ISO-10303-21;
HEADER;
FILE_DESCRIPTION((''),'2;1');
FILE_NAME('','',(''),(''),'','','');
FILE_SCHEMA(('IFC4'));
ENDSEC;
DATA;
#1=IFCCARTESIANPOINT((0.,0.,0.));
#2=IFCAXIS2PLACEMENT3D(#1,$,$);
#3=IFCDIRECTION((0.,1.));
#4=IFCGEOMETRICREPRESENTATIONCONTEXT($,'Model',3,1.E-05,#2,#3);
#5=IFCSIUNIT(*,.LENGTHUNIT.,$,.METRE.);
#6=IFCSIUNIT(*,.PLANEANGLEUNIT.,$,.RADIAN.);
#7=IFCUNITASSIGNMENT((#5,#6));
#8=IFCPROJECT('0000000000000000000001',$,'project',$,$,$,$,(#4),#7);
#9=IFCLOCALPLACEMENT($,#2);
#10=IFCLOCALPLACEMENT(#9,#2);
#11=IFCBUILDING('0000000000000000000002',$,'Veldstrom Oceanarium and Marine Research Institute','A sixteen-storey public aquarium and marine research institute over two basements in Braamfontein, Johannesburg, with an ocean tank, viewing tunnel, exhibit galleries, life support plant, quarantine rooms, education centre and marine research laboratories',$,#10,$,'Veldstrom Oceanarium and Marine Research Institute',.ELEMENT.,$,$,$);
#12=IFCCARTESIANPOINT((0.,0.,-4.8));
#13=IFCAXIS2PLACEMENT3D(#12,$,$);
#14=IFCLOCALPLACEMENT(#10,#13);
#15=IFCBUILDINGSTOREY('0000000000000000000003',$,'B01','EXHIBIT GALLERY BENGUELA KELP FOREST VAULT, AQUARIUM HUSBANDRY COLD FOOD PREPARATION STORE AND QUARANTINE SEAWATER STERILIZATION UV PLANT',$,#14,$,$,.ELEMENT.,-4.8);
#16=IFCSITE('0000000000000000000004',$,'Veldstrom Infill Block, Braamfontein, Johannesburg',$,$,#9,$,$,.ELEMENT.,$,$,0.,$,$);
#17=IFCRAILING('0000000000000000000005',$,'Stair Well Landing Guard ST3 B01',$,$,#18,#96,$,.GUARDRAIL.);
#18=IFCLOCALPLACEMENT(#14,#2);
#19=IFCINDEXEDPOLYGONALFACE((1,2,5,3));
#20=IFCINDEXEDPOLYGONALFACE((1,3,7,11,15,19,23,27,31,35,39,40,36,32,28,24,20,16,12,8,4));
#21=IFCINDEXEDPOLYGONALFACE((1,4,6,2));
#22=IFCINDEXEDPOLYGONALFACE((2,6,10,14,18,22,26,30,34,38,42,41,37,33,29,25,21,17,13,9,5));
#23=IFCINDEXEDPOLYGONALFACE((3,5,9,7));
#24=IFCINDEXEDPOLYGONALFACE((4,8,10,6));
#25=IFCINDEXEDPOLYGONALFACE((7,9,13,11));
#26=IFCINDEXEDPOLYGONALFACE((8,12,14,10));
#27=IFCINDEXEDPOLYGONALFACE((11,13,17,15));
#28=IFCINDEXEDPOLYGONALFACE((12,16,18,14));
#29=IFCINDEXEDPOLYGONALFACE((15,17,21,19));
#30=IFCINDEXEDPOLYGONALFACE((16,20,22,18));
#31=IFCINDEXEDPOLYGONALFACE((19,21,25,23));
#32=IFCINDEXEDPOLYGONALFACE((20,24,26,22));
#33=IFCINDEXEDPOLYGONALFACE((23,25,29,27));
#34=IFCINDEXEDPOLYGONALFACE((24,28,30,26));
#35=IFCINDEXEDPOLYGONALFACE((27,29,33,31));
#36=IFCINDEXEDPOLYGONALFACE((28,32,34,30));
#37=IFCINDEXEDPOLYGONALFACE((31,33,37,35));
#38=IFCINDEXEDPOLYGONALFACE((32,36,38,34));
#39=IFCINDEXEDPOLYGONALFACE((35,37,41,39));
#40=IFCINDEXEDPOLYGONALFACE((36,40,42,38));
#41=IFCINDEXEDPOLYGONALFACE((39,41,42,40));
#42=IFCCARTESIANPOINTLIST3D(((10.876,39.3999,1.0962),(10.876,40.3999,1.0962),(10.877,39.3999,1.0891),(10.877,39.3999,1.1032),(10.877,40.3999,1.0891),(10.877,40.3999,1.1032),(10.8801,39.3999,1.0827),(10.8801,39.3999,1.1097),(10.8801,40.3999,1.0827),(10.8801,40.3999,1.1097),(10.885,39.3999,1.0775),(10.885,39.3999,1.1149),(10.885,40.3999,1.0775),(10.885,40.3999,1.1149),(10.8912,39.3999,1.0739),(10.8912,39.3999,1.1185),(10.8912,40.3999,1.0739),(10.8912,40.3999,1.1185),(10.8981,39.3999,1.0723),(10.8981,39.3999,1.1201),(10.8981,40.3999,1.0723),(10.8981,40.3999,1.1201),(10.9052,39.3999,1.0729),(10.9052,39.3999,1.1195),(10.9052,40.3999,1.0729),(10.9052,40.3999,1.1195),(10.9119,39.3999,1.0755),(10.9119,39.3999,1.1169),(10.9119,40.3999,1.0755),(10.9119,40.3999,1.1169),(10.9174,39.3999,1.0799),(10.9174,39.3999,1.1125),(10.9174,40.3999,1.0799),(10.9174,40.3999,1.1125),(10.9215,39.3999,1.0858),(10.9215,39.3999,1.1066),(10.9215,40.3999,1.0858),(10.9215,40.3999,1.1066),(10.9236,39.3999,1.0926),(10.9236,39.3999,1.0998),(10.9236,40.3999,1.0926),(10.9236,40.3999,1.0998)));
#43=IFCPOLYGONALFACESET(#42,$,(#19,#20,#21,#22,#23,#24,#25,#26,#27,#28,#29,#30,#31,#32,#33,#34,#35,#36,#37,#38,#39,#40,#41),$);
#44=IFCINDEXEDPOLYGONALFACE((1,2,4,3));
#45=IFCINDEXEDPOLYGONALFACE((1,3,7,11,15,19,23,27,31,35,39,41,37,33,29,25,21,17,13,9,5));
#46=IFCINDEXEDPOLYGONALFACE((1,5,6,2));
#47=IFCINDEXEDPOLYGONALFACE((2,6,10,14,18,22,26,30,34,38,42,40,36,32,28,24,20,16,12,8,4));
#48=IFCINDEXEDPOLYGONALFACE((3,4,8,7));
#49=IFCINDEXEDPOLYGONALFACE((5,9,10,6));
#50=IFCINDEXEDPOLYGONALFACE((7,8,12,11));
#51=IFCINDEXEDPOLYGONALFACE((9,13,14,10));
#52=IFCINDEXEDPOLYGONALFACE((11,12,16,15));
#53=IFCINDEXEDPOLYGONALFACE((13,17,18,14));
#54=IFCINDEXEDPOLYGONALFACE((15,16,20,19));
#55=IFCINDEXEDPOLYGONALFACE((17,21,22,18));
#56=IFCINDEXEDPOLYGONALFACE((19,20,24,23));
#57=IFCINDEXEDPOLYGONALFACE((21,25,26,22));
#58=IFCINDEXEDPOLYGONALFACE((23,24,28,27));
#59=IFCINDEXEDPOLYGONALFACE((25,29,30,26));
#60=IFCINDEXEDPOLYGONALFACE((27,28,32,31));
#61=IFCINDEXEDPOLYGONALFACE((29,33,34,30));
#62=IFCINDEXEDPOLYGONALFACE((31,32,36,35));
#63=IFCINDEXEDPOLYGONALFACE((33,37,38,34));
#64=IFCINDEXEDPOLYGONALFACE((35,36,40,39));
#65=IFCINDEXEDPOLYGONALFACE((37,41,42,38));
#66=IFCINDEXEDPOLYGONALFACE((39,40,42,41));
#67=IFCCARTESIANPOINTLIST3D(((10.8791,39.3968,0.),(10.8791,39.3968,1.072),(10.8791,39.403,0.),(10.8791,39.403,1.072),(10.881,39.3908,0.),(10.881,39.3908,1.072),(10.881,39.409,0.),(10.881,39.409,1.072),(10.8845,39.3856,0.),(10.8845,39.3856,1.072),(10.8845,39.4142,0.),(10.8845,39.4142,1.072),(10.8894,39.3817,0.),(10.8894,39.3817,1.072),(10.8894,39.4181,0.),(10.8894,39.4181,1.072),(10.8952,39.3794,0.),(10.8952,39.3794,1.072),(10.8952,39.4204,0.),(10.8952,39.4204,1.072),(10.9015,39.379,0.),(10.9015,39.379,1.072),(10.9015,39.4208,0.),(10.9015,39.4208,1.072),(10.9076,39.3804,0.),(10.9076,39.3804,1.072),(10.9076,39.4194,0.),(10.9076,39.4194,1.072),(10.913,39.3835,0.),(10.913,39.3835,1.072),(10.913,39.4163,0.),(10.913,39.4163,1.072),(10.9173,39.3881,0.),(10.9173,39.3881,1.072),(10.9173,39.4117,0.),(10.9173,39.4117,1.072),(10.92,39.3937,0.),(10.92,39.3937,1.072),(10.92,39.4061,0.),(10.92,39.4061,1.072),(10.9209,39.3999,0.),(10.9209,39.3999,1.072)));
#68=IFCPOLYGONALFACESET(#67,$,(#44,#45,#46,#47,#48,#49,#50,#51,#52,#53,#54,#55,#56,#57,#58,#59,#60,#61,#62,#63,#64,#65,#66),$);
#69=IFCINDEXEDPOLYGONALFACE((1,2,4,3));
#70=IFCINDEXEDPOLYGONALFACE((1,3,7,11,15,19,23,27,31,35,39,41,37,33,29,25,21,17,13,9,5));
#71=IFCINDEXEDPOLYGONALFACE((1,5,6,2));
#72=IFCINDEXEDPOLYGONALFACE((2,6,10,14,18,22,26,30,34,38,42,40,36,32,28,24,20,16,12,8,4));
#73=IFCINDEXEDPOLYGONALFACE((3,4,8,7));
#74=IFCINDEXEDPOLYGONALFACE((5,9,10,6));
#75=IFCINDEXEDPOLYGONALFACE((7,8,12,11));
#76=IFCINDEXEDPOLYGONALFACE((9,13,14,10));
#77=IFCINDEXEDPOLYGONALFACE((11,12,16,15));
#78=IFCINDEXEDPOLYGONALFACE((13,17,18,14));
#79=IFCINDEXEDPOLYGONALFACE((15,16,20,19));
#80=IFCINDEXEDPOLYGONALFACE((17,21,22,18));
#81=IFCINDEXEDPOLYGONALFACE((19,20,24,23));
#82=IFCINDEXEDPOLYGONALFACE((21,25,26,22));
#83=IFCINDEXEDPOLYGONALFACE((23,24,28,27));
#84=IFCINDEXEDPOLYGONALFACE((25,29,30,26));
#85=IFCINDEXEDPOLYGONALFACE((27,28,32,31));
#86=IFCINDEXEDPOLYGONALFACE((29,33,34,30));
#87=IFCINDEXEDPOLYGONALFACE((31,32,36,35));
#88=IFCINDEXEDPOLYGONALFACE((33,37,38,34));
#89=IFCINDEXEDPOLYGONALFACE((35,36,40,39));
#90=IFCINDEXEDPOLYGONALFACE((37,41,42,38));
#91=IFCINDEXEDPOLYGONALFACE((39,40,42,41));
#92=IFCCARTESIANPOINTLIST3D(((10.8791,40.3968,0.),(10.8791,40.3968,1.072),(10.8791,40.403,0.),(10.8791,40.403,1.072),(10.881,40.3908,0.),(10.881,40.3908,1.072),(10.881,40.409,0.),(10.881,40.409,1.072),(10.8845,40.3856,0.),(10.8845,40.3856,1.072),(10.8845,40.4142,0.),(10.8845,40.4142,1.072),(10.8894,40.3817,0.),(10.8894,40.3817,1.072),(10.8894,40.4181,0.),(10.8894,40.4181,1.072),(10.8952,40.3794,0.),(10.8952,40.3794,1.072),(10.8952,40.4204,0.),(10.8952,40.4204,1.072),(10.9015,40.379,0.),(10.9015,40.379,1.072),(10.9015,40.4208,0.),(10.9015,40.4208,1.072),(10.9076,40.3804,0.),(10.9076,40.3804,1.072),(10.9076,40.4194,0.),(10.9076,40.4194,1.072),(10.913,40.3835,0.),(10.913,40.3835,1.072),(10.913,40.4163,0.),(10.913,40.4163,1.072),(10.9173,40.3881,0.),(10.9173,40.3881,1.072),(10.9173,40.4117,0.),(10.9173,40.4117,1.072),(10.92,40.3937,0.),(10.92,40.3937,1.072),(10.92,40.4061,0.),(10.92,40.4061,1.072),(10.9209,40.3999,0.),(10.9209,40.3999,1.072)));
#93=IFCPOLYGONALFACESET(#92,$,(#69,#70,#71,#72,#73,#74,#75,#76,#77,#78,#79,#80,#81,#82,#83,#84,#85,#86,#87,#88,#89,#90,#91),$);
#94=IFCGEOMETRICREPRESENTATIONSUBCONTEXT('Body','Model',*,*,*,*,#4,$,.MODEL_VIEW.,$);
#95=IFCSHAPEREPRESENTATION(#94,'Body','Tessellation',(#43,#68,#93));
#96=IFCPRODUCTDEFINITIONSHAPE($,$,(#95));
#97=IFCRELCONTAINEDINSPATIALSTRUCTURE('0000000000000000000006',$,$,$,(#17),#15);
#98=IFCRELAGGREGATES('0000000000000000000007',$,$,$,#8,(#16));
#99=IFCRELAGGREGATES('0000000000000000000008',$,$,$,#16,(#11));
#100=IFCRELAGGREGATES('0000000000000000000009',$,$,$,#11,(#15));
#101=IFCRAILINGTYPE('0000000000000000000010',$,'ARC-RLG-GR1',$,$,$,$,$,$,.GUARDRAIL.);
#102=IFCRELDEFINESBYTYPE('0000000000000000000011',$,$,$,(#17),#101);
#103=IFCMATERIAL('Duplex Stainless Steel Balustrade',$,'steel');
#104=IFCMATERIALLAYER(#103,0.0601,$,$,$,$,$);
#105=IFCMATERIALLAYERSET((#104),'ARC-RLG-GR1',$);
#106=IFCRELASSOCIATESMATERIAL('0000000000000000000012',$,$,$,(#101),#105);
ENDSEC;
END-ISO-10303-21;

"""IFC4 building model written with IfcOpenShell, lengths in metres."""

from ifc_helpers import new_model, si_unit, direction, frame, origin, origin_2d, place, context, subcontext, project, spatial, circle, extrude, material, layer, layer_set, type_object, element, save


model = new_model("IFC4")

# Units and contexts
model_context = context("Model", 3, precision=1e-05, world=origin(), true_north=direction((0.0, 1.0)))
body_context = subcontext(model_context, "Body", "Model", "MODEL_VIEW")
ifc_project = project(units=[si_unit("LENGTHUNIT", "METRE"), si_unit("PLANEANGLEUNIT", "RADIAN")], contexts=[model_context])

# Site, building, storey
site_placement = place(None, origin())
site = spatial("IfcSite", under=ifc_project, at=site_placement, Name="Veldstrom Infill Block, Braamfontein, Johannesburg", CompositionType="ELEMENT", RefElevation=0.0)
building_placement = place(site_placement, origin())
building = spatial("IfcBuilding", under=site, at=building_placement, Name="Veldstrom Oceanarium and Marine Research Institute", Description="A sixteen-storey public aquarium and marine research institute over two basements in Braamfontein, Johannesburg, with an ocean tank, viewing tunnel, exhibit galleries, life support plant, quarantine rooms, education centre and marine research laboratories", LongName="Veldstrom Oceanarium and Marine Research Institute", CompositionType="ELEMENT")
storey_placement = place(building_placement, frame((0.0, 0.0, -4.8)))
storey = spatial("IfcBuildingStorey", under=building, at=storey_placement, Name="B01", Description="EXHIBIT GALLERY BENGUELA KELP FOREST VAULT, AQUARIUM HUSBANDRY COLD FOOD PREPARATION STORE AND QUARANTINE SEAWATER STERILIZATION UV PLANT", CompositionType="ELEMENT", Elevation=-4.8)

# Railing
ifc_material_1 = material(Name="Duplex Stainless Steel Balustrade", Category="steel")
ifc_layer_1 = layer(ifc_material_1, 0.0601)
ifc_layer_set_1 = layer_set([ifc_layer_1], Name="ARC-RLG-GR1")
railing_type_1 = type_object("IfcRailingType", Name="ARC-RLG-GR1", PredefinedType="GUARDRAIL", material=ifc_layer_set_1)
railing_1_placement = place(storey_placement, frame((10.8999, 39.3999, 0.0)))
element("IfcRailing", 1, at=railing_1_placement, inside=storey, type_object=railing_type_1, Name="Stair Well Landing Guard ST3 B01", PredefinedType="GUARDRAIL", context=body_context, shape_type="SweptSolid", body=[
    extrude(circle(Radius=0.0239, at=origin_2d()), frame((0.0, 0.0, 1.0962), z_axis=(0.0, 1.0, 0.0), x_axis=(-1.0, 0.0, 0.0)), (0.0, 0.0, 1.0), 1.0),
    extrude(circle(Radius=0.021, at=origin_2d()), origin(), (0.0, 0.0, 1.0), 1.072),
    extrude(circle(Radius=0.021, at=origin_2d()), frame((0.0, 1.0, 0.0)), (0.0, 0.0, 1.0), 1.072),
])

save(model, "model.ifc")
